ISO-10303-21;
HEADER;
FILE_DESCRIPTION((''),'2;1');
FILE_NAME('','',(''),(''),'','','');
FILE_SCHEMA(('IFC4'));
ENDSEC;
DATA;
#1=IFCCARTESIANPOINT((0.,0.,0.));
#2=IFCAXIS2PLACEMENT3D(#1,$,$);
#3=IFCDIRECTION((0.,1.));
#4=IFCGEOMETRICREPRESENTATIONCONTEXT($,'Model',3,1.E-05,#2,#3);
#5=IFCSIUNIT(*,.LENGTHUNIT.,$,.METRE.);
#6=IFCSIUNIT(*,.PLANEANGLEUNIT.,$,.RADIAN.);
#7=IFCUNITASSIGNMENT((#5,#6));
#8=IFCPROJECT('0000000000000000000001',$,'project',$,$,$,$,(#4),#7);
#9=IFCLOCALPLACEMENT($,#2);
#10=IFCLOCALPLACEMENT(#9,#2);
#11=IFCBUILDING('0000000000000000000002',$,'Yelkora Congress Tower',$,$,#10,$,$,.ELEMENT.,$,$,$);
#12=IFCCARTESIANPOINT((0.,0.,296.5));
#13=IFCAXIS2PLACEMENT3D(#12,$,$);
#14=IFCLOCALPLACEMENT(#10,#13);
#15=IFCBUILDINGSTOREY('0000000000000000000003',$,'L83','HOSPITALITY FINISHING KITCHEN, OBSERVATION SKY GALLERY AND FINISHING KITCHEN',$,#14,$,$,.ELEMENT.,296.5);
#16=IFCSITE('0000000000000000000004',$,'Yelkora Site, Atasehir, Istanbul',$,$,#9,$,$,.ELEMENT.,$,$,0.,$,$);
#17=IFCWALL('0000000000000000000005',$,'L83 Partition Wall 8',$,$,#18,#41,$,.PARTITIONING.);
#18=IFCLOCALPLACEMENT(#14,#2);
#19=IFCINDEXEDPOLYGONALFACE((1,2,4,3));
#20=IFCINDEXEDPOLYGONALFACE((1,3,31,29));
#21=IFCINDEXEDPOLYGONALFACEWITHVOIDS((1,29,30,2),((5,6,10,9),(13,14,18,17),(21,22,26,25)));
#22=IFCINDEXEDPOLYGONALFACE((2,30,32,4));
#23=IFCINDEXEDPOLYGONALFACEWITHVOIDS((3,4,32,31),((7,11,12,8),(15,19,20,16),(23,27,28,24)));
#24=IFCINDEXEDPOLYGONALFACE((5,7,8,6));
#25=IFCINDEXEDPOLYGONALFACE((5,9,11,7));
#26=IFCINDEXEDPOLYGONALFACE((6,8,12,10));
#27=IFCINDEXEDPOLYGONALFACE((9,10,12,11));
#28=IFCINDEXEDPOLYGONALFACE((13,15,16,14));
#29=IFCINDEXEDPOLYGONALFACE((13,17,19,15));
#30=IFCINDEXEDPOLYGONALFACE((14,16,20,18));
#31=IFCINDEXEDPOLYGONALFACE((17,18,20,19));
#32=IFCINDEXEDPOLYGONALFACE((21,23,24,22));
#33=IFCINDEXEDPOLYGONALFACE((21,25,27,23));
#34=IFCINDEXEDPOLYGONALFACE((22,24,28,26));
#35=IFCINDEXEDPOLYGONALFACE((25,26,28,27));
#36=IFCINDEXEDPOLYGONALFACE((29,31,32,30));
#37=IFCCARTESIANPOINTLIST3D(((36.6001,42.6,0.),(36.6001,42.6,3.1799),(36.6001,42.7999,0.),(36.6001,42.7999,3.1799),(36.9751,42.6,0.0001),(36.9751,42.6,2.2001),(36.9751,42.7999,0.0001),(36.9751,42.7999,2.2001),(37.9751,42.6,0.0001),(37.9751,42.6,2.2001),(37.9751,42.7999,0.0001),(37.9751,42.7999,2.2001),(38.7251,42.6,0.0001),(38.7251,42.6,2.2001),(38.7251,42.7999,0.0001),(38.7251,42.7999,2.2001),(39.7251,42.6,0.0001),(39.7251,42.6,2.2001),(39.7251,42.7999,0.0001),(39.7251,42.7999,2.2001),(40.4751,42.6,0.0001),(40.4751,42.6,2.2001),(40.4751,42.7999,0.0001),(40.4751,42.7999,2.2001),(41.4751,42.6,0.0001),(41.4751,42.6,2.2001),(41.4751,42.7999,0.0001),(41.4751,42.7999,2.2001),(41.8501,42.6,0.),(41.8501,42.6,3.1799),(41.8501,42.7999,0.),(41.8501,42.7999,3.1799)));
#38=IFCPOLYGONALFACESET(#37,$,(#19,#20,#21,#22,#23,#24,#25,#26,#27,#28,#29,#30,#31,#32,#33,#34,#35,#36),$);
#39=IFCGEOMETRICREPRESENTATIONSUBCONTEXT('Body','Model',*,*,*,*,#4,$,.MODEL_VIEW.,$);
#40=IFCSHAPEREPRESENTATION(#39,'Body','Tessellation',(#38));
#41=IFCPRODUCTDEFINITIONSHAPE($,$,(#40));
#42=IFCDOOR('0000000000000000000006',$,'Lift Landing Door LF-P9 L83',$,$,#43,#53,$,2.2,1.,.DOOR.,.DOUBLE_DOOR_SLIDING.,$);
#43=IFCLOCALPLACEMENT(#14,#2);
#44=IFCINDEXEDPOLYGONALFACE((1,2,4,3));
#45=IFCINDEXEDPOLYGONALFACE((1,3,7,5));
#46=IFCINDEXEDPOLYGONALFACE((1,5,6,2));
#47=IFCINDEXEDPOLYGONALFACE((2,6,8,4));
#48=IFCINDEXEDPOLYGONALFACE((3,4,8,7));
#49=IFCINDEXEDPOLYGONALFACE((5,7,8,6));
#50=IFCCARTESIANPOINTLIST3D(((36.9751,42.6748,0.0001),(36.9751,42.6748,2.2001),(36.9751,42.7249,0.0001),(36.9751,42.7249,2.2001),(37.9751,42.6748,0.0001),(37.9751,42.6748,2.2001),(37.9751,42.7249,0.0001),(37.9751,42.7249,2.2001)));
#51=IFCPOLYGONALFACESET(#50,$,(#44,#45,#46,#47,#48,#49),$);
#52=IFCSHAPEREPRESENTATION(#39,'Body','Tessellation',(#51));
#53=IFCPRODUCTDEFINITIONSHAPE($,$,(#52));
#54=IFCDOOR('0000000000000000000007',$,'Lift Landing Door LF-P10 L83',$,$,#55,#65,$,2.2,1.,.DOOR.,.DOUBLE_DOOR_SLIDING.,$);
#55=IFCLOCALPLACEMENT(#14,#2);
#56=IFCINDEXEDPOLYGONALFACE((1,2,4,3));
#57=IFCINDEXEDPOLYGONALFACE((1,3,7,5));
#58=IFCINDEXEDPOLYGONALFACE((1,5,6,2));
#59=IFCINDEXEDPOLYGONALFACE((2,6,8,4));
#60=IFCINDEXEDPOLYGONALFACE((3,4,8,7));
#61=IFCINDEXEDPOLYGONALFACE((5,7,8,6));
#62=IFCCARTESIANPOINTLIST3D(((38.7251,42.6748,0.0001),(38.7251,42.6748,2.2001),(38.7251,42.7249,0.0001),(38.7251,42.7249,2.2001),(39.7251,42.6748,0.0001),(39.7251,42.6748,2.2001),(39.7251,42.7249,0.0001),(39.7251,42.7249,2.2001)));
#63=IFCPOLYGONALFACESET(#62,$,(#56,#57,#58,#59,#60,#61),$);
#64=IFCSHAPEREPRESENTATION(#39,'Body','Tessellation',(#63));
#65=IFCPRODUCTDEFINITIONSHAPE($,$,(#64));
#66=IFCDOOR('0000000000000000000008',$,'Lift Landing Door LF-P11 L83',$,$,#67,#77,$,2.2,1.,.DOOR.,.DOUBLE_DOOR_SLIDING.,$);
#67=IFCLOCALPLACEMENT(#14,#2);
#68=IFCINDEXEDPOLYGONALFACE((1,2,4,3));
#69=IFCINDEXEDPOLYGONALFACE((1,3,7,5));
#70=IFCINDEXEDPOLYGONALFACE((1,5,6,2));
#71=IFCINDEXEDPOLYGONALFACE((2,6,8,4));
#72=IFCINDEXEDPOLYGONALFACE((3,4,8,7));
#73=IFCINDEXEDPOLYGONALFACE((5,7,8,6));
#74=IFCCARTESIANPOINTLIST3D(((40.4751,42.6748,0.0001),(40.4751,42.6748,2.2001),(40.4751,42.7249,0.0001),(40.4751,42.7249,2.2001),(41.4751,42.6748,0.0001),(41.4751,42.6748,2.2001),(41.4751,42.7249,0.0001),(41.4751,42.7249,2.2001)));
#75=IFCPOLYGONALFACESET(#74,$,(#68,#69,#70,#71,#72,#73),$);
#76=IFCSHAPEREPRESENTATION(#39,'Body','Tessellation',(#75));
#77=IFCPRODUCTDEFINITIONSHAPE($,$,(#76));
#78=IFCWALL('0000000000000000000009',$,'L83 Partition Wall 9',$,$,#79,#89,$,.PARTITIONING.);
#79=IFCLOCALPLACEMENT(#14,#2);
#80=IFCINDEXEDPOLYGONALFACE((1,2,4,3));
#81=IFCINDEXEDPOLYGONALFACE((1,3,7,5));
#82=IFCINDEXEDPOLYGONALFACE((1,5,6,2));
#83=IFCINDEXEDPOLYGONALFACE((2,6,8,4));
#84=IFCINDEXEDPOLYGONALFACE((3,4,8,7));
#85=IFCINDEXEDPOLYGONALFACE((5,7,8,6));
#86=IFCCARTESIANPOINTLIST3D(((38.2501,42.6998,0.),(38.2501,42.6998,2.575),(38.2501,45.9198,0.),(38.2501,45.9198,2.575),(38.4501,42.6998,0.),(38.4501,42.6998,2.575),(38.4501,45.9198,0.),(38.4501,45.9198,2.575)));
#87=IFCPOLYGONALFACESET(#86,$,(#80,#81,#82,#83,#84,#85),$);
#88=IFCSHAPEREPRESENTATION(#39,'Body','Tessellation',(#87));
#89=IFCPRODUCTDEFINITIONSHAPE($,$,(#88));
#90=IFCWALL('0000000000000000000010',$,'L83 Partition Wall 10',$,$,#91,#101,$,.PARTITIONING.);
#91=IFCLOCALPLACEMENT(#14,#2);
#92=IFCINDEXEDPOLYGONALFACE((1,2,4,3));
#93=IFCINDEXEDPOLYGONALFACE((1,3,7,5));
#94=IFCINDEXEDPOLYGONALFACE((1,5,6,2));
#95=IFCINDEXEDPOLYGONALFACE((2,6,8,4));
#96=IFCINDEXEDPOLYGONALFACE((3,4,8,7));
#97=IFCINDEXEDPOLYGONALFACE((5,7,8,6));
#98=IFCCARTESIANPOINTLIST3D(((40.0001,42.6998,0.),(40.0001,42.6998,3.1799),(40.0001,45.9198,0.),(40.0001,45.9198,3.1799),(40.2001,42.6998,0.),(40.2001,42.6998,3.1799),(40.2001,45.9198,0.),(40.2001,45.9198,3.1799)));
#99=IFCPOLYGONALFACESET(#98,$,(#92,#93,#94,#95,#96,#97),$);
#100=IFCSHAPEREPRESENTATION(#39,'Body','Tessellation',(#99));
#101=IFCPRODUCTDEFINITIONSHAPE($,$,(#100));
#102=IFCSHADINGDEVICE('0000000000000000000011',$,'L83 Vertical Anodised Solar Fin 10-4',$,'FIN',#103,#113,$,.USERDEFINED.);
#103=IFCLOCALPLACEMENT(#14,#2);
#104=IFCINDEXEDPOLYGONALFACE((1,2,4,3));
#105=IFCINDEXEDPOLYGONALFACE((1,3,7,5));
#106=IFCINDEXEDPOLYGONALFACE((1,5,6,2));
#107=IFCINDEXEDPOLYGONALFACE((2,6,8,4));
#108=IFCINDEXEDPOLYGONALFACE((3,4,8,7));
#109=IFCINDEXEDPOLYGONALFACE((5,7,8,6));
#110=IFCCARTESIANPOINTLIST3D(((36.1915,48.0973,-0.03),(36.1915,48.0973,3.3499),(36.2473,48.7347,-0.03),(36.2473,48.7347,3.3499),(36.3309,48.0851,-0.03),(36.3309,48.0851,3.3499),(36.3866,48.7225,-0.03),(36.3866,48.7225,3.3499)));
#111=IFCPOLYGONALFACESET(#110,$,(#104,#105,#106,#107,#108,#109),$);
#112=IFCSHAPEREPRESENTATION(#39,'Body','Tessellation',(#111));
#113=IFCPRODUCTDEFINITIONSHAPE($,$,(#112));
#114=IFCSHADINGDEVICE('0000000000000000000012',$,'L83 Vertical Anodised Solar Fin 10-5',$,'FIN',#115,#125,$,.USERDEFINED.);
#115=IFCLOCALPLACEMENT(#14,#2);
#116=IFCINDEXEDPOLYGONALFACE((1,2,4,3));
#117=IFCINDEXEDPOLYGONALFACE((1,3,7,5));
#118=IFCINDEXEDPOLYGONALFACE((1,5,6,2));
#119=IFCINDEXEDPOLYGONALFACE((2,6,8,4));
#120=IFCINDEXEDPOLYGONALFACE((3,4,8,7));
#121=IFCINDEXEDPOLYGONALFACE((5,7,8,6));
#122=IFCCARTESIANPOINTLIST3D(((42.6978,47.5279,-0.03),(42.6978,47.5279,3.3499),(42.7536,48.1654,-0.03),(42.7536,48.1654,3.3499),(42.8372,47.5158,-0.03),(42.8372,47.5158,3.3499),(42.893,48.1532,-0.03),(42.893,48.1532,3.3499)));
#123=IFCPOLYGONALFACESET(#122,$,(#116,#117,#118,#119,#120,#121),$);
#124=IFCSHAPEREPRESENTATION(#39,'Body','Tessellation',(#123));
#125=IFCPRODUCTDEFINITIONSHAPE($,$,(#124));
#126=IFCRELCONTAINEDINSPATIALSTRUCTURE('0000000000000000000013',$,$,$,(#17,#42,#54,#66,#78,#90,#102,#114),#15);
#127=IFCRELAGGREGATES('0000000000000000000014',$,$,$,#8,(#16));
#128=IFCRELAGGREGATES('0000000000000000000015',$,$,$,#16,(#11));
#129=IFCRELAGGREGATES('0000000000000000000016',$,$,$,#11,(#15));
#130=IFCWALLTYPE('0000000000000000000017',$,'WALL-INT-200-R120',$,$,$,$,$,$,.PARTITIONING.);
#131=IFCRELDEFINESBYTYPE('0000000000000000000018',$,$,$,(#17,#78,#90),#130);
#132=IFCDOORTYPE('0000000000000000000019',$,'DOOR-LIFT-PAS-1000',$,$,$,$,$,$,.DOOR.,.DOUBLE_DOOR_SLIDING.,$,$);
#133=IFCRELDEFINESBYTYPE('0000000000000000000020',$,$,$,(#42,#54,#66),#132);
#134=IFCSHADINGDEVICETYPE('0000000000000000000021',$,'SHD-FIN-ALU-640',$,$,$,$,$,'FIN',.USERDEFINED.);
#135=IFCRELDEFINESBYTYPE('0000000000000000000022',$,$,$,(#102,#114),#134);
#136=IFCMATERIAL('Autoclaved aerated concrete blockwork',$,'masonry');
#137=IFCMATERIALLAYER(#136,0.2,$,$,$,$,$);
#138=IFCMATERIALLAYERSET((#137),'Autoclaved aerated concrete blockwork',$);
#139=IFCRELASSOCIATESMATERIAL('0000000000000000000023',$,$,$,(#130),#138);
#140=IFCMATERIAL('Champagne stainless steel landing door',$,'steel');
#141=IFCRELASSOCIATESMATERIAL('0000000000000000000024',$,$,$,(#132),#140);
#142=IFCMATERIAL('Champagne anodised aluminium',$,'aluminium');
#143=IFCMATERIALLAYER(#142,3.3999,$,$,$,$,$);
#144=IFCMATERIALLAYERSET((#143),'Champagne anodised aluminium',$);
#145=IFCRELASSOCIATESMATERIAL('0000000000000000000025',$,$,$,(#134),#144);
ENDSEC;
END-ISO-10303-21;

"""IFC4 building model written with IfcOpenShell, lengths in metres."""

from ifc_helpers import new_model, si_unit, direction, frame, frame_2d, origin, origin_2d, place, context, subcontext, project, spatial, rectangle, extrude, material, layer, layer_set, type_object, element, fill, save


model = new_model("IFC4")

# Units and contexts
model_context = context("Model", 3, precision=1e-05, world=origin(), true_north=direction((0.0, 1.0)))
body_context = subcontext(model_context, "Body", "Model", "MODEL_VIEW")
ifc_project = project(units=[si_unit("LENGTHUNIT", "METRE"), si_unit("PLANEANGLEUNIT", "RADIAN")], contexts=[model_context])

# Site, building, storey
site_placement = place(None, origin())
site = spatial("IfcSite", under=ifc_project, at=site_placement, Name="Yelkora Site, Atasehir, Istanbul", CompositionType="ELEMENT", RefElevation=0.0)
building_placement = place(site_placement, origin())
building = spatial("IfcBuilding", under=site, at=building_placement, Name="Yelkora Congress Tower", CompositionType="ELEMENT")
storey_placement = place(building_placement, frame((0.0, 0.0, 296.5)))
storey = spatial("IfcBuildingStorey", under=building, at=storey_placement, Name="L83", Description="HOSPITALITY FINISHING KITCHEN, OBSERVATION SKY GALLERY AND FINISHING KITCHEN", CompositionType="ELEMENT", Elevation=296.5)

# Wall, openings, doors
ifc_material_1 = material(Name="Autoclaved aerated concrete blockwork", Category="masonry")
ifc_layer_1 = layer(ifc_material_1, 0.2)
ifc_layer_set_1 = layer_set([ifc_layer_1], Name="Autoclaved aerated concrete blockwork")
wall_type_1 = type_object("IfcWallType", Name="WALL-INT-200-R120", PredefinedType="PARTITIONING", material=ifc_layer_set_1)
wall_1_placement = place(storey_placement, frame((36.6001, 42.7, 0.0), z_axis=(0.0, 0.0, 1.0), x_axis=(1.0, 0.0, 0.0)))
wall_1 = element("IfcWall", 1, at=wall_1_placement, inside=storey, type_object=wall_type_1, Name="L83 Partition Wall 8", PredefinedType="PARTITIONING", context=body_context, shape_type="SweptSolid", body=[
    extrude(rectangle(XDim=5.25, YDim=0.2, at=frame_2d((2.625, 0.0))), origin(), (0.0, 0.0, 1.0), 3.1799),
])
opening_1_placement = place(wall_1_placement, frame((0.375, 0.0, 0.0)))
opening_1 = element("IfcOpeningElement", 2, at=opening_1_placement, cuts=wall_1, PredefinedType="OPENING", context=body_context, shape_type="SweptSolid", body=[
    extrude(rectangle(XDim=1.0, YDim=2.2, at=frame_2d((0.5, 1.1001))), frame((0.0, 0.1099, 0.0), z_axis=(0.0, -1.0, 0.0), x_axis=(1.0, 0.0, 0.0)), (0.0, 0.0, 1.0), 0.22),
])
opening_2_placement = place(wall_1_placement, frame((2.125, 0.0, 0.0)))
opening_2 = element("IfcOpeningElement", 3, at=opening_2_placement, cuts=wall_1, PredefinedType="OPENING", context=body_context, shape_type="SweptSolid", body=[
    extrude(rectangle(XDim=1.0, YDim=2.2, at=frame_2d((0.5, 1.1001))), frame((0.0, 0.1099, 0.0), z_axis=(0.0, -1.0, 0.0), x_axis=(1.0, 0.0, 0.0)), (0.0, 0.0, 1.0), 0.22),
])
opening_3_placement = place(wall_1_placement, frame((3.875, 0.0, 0.0)))
opening_3 = element("IfcOpeningElement", 4, at=opening_3_placement, cuts=wall_1, PredefinedType="OPENING", context=body_context, shape_type="SweptSolid", body=[
    extrude(rectangle(XDim=1.0, YDim=2.2, at=frame_2d((0.5, 1.1001))), frame((0.0, 0.1099, 0.0), z_axis=(0.0, -1.0, 0.0), x_axis=(1.0, 0.0, 0.0)), (0.0, 0.0, 1.0), 0.22),
])
ifc_material_2 = material(Name="Champagne stainless steel landing door", Category="steel")
door_type_1 = type_object("IfcDoorType", Name="DOOR-LIFT-PAS-1000", OperationType="DOUBLE_DOOR_SLIDING", PredefinedType="DOOR", material=ifc_material_2)
door_1_placement = place(opening_1_placement, origin())
door_1 = element("IfcDoor", 5, at=door_1_placement, inside=storey, type_object=door_type_1, Name="Lift Landing Door LF-P9 L83", OperationType="DOUBLE_DOOR_SLIDING", OverallHeight=2.2, OverallWidth=1.0, PredefinedType="DOOR", context=body_context, shape_type="SweptSolid", body=[
    extrude(rectangle(XDim=1.0, YDim=2.2, at=frame_2d((0.5, 1.1001))), frame((0.0, 0.0249, 0.0), z_axis=(0.0, -1.0, 0.0), x_axis=(1.0, 0.0, 0.0)), (0.0, 0.0, 1.0), 0.05),
])
fill(opening_1, door_1)
door_2_placement = place(opening_2_placement, origin())
door_2 = element("IfcDoor", 6, at=door_2_placement, inside=storey, type_object=door_type_1, Name="Lift Landing Door LF-P10 L83", OperationType="DOUBLE_DOOR_SLIDING", OverallHeight=2.2, OverallWidth=1.0, PredefinedType="DOOR", context=body_context, shape_type="SweptSolid", body=[
    extrude(rectangle(XDim=1.0, YDim=2.2, at=frame_2d((0.5, 1.1001))), frame((0.0, 0.0249, 0.0), z_axis=(0.0, -1.0, 0.0), x_axis=(1.0, 0.0, 0.0)), (0.0, 0.0, 1.0), 0.05),
])
fill(opening_2, door_2)
door_3_placement = place(opening_3_placement, origin())
door_3 = element("IfcDoor", 7, at=door_3_placement, inside=storey, type_object=door_type_1, Name="Lift Landing Door LF-P11 L83", OperationType="DOUBLE_DOOR_SLIDING", OverallHeight=2.2, OverallWidth=1.0, PredefinedType="DOOR", context=body_context, shape_type="SweptSolid", body=[
    extrude(rectangle(XDim=1.0, YDim=2.2, at=frame_2d((0.5, 1.1001))), frame((0.0, 0.0249, 0.0), z_axis=(0.0, -1.0, 0.0), x_axis=(1.0, 0.0, 0.0)), (0.0, 0.0, 1.0), 0.05),
])
fill(opening_3, door_3)

# Walls
wall_2_placement = place(storey_placement, frame((38.3501, 42.7, 0.0), z_axis=(0.0, 0.0, 1.0), x_axis=(0.0, 1.0, 0.0)))
element("IfcWall", 8, at=wall_2_placement, inside=storey, type_object=wall_type_1, Name="L83 Partition Wall 9", PredefinedType="PARTITIONING", context=body_context, shape_type="SweptSolid", body=[
    extrude(rectangle(XDim=3.22, YDim=0.2, at=frame_2d((1.6099, 0.0))), origin(), (0.0, 0.0, 1.0), 2.575),
])
wall_3_placement = place(storey_placement, frame((40.1001, 42.7, 0.0), z_axis=(0.0, 0.0, 1.0), x_axis=(0.0, 1.0, 0.0)))
element("IfcWall", 9, at=wall_3_placement, inside=storey, type_object=wall_type_1, Name="L83 Partition Wall 10", PredefinedType="PARTITIONING", context=body_context, shape_type="SweptSolid", body=[
    extrude(rectangle(XDim=3.22, YDim=0.2, at=frame_2d((1.6099, 0.0))), origin(), (0.0, 0.0, 1.0), 3.1799),
])

# Shading devices
ifc_material_3 = material(Name="Champagne anodised aluminium", Category="aluminium")
ifc_layer_2 = layer(ifc_material_3, 3.3999)
ifc_layer_set_2 = layer_set([ifc_layer_2], Name="Champagne anodised aluminium")
shading_device_type = type_object("IfcShadingDeviceType", Name="SHD-FIN-ALU-640", ElementType="FIN", PredefinedType="USERDEFINED", material=ifc_layer_set_2)
for number, where, z_axis, x_axis, name in (
    (10, (36.2891, 48.4099, -0.03), (0.0, 0.0, 1.0), (0.996195, -0.087156, 0.0), "L83 Vertical Anodised Solar Fin 10-4"),
    (11, (42.7954, 47.8406, -0.03), (0.0, 0.0, 1.0), (0.996195, -0.087156, 0.0), "L83 Vertical Anodised Solar Fin 10-5"),
):
    element("IfcShadingDevice", number, at=place(storey_placement, frame(where, z_axis=z_axis, x_axis=x_axis)), inside=storey, type_object=shading_device_type, Name=name, ObjectType="FIN", PredefinedType="USERDEFINED", context=body_context, shape_type="SweptSolid", body=[
        extrude(rectangle(XDim=0.1399, YDim=0.6399, at=origin_2d()), origin(), (0.0, 0.0, 1.0), 3.3799),
    ])

save(model, "model.ifc")
